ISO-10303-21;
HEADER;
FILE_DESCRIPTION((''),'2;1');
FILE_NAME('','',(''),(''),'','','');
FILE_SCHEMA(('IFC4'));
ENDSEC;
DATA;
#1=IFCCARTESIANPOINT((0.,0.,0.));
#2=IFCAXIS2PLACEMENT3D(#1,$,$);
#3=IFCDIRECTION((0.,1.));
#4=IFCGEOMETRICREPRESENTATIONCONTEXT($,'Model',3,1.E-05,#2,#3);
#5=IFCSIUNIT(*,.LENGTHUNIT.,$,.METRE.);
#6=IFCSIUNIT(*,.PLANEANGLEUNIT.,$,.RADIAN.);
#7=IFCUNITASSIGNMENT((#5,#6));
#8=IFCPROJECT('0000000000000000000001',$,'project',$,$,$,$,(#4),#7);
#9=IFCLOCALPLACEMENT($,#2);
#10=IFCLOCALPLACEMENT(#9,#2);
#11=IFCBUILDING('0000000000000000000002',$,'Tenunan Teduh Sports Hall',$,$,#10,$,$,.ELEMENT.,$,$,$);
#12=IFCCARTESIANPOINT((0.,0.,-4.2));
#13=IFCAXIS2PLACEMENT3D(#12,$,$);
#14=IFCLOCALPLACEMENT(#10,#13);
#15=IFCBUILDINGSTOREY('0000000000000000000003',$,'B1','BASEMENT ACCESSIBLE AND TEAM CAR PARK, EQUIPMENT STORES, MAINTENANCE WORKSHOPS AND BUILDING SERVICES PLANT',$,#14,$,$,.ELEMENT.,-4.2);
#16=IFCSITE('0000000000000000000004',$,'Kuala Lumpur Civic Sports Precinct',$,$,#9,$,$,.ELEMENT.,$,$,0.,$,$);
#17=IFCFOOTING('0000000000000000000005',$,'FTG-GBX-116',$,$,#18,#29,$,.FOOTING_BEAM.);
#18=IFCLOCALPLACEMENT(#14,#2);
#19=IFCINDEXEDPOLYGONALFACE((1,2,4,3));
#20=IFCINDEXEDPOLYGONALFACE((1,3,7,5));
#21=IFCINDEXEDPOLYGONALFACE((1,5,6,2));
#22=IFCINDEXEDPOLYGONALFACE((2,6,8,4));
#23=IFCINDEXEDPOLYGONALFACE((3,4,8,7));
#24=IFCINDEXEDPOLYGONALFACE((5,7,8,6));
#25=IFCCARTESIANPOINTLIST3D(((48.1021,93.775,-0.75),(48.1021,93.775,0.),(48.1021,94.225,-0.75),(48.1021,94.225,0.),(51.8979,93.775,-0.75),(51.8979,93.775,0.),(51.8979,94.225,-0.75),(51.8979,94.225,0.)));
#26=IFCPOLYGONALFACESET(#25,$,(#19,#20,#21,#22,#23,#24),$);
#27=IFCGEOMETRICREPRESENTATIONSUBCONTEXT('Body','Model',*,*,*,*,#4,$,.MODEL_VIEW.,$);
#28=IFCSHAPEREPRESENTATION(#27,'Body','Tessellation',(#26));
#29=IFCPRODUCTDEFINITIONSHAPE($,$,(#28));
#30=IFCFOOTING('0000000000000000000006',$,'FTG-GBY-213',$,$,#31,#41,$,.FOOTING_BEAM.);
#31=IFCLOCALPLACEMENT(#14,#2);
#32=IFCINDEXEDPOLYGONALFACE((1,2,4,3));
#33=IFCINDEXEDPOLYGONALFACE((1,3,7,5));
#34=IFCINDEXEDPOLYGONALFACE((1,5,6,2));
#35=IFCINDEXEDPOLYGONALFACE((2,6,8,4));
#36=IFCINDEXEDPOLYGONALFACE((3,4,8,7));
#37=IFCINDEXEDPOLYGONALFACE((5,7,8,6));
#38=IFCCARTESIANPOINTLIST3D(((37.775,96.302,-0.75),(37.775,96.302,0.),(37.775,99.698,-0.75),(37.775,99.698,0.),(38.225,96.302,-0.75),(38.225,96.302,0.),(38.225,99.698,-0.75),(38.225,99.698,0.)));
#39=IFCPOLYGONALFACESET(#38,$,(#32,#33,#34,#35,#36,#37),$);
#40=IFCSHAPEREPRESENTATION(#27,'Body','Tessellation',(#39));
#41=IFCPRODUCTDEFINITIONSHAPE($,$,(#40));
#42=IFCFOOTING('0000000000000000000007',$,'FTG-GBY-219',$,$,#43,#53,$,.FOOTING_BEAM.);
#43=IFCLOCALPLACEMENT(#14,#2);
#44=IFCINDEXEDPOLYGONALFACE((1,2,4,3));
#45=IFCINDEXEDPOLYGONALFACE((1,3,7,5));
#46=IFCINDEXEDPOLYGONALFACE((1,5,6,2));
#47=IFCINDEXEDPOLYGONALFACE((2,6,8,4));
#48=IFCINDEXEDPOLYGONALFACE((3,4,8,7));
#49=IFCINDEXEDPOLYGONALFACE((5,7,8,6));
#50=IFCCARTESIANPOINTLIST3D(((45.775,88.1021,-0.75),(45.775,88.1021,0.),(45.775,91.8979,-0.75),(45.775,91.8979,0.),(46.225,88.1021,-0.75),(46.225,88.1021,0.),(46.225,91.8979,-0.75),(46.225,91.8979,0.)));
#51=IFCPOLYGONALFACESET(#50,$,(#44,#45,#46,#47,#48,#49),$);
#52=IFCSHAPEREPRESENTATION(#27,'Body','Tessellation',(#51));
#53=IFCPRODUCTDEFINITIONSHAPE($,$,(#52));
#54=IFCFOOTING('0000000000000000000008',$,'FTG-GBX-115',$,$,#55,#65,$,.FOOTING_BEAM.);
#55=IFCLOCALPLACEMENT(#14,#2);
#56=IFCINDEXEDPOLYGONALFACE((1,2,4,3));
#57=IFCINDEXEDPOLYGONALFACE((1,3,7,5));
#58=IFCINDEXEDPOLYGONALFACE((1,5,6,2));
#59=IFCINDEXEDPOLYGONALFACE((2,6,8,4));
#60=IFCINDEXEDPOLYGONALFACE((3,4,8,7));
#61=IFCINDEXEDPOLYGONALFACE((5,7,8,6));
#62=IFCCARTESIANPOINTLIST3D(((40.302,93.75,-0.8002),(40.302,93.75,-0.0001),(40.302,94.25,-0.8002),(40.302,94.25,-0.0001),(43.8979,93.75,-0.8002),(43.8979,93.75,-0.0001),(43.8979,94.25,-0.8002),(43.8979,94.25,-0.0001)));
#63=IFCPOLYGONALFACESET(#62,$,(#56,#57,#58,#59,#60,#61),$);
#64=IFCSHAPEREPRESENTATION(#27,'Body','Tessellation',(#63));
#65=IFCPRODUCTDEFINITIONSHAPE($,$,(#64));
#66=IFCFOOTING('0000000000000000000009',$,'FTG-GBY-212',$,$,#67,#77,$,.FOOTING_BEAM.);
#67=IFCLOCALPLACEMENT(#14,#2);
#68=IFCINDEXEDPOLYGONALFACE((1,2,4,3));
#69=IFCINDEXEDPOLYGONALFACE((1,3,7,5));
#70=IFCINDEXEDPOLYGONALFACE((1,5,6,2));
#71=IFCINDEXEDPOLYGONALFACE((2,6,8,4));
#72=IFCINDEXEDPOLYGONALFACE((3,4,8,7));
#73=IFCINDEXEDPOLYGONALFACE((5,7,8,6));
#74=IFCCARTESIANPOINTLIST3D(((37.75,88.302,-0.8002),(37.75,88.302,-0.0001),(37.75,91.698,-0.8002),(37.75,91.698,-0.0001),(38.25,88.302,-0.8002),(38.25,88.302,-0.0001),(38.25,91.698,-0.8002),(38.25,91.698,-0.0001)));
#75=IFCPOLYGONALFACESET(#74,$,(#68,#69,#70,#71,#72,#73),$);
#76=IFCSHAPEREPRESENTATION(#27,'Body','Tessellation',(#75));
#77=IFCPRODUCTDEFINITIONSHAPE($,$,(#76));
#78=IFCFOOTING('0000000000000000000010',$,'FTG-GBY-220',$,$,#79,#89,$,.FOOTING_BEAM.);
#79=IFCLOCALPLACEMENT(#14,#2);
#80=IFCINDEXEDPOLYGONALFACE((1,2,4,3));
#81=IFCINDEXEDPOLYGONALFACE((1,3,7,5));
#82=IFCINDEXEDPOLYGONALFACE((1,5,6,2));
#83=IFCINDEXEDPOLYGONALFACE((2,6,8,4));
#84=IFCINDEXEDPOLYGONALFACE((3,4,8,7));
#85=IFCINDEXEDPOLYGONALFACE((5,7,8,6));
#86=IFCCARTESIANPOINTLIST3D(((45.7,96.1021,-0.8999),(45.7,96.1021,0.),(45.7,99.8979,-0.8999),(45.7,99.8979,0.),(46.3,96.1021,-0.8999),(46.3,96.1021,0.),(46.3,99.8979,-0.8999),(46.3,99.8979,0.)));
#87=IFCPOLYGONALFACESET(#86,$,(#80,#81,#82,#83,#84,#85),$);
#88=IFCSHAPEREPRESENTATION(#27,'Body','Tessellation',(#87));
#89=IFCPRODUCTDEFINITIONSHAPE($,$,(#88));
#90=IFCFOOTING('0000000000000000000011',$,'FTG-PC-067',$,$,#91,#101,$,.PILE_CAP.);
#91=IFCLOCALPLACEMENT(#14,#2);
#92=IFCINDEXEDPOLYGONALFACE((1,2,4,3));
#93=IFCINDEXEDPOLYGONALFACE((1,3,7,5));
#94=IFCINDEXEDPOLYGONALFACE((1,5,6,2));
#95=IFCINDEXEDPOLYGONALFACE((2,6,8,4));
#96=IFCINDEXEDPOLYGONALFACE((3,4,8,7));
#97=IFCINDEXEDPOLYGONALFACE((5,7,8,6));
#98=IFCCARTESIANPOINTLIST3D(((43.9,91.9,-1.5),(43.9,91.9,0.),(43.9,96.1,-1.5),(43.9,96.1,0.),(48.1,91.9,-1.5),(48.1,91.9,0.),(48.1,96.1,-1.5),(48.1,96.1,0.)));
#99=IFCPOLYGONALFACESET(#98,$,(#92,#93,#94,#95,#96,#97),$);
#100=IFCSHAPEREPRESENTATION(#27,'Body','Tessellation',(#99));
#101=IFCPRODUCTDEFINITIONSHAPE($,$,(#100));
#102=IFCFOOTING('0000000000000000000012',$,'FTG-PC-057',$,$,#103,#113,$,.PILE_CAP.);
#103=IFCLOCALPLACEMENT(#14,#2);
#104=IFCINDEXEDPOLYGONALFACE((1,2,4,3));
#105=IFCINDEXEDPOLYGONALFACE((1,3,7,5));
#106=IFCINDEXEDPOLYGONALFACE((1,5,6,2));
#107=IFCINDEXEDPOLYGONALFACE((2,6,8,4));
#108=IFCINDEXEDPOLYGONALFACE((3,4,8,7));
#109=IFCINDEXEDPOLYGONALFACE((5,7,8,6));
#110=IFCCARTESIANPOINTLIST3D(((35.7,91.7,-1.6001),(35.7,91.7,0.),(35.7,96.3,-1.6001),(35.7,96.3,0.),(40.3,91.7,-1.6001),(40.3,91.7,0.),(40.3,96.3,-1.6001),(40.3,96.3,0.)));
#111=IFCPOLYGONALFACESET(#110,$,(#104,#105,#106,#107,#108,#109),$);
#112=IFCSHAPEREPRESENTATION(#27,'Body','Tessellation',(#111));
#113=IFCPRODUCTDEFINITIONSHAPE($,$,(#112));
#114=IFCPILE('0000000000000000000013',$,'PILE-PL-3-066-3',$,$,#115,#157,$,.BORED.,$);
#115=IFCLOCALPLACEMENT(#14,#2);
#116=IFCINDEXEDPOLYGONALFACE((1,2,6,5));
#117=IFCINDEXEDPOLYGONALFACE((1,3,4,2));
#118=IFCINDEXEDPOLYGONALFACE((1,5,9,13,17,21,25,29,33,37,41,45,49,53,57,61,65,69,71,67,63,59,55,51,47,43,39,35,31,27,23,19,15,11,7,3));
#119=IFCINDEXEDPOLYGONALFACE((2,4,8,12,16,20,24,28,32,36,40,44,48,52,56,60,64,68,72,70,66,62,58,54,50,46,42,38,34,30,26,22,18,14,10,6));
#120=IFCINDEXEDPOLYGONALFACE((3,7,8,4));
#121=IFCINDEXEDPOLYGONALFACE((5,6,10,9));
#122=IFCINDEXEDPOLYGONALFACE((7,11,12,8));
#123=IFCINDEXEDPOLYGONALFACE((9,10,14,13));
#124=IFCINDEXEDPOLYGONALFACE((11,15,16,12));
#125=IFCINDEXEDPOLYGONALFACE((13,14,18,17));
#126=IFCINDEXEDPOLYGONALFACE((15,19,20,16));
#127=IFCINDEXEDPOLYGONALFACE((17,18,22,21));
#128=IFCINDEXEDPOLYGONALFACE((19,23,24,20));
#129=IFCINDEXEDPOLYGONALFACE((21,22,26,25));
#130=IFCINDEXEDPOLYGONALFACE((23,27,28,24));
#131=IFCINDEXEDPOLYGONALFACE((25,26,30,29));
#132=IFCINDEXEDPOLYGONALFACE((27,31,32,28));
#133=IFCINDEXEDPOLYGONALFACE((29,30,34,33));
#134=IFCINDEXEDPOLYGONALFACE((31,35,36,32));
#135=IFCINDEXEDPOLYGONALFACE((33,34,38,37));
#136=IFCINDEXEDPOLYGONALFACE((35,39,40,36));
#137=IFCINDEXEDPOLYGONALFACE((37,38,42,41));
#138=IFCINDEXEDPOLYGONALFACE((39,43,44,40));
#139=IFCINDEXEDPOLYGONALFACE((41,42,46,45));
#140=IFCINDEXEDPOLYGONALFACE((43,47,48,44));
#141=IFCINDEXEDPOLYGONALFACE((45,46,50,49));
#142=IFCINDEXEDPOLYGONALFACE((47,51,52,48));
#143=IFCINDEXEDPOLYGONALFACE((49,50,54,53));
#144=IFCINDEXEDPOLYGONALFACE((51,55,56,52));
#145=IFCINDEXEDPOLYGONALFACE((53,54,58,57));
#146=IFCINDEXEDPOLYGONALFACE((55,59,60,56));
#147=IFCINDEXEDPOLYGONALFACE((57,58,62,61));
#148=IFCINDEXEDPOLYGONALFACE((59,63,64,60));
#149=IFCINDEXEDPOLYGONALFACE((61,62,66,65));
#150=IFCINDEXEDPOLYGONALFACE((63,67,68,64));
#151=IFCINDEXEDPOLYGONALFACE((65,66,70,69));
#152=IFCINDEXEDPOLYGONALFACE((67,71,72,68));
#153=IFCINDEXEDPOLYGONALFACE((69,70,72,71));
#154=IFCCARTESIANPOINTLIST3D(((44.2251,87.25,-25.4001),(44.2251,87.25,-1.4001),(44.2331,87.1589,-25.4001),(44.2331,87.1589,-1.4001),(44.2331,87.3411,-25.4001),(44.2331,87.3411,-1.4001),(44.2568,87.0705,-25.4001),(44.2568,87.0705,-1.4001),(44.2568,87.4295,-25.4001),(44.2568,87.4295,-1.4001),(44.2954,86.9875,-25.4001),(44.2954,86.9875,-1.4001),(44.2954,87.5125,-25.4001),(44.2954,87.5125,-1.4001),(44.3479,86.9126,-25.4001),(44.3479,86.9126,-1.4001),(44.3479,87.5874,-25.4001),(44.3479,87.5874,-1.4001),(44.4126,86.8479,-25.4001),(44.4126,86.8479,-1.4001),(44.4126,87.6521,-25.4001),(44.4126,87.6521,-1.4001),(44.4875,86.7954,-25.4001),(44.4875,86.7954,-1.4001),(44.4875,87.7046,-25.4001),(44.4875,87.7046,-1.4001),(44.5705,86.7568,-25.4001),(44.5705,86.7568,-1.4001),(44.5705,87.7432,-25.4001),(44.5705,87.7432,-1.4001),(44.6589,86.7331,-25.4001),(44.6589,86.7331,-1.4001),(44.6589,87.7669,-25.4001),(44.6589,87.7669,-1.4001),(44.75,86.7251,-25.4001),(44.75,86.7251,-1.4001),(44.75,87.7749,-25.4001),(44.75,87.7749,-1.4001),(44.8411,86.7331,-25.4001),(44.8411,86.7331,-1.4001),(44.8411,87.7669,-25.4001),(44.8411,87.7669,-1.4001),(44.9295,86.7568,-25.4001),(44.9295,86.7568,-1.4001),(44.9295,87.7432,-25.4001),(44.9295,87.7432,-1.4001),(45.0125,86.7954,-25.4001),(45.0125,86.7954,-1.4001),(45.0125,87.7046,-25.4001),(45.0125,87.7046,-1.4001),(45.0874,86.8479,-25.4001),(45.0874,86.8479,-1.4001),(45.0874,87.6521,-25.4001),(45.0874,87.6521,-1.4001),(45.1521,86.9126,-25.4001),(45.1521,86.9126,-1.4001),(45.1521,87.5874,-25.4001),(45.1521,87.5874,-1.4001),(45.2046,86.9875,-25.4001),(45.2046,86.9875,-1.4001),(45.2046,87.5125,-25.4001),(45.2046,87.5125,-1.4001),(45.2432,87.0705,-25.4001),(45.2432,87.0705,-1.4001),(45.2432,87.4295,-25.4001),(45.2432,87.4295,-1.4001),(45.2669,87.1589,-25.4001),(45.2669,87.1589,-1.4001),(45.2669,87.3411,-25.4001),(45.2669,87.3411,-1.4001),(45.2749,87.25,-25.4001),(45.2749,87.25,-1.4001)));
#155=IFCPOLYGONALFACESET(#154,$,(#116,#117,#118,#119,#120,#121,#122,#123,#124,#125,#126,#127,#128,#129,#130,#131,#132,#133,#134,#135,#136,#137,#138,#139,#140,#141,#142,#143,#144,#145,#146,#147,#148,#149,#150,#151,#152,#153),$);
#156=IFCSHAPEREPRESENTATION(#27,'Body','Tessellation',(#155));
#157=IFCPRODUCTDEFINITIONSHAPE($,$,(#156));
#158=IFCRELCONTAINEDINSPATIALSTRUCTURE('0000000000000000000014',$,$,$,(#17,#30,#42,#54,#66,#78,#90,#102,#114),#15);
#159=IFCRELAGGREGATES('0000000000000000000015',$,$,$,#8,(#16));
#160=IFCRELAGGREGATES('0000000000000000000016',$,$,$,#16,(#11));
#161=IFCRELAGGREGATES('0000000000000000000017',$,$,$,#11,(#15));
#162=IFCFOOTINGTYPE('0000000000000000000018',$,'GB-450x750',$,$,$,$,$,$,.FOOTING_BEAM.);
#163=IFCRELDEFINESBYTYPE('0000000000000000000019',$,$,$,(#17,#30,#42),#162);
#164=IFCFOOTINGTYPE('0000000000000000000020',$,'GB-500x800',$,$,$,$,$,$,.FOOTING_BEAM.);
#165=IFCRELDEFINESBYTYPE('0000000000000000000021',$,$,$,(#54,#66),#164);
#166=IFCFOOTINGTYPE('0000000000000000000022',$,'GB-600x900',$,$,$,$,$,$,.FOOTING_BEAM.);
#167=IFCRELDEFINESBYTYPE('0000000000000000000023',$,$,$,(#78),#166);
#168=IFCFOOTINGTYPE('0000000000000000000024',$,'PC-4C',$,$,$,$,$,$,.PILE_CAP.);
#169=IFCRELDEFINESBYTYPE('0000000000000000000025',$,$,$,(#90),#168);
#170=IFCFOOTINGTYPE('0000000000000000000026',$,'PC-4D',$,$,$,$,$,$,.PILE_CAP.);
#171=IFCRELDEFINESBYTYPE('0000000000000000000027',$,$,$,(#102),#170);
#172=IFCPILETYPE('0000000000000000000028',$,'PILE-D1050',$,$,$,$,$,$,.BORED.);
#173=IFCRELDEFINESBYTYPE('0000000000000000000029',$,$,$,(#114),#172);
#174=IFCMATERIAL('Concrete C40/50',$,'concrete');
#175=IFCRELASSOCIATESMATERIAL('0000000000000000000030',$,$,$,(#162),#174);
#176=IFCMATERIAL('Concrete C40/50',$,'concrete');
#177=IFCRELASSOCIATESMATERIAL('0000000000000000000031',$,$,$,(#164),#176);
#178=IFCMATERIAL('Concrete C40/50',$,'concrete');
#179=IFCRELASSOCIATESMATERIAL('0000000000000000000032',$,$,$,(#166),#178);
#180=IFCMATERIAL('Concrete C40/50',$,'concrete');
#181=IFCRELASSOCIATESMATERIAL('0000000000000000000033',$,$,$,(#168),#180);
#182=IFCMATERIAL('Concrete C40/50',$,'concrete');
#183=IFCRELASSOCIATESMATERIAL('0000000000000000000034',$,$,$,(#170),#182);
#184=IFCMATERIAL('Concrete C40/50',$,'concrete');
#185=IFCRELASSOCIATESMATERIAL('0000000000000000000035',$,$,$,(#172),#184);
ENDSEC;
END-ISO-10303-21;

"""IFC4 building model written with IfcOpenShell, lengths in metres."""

from ifc_helpers import new_model, si_unit, direction, frame, origin, origin_2d, place, context, subcontext, project, spatial, rectangle, circle, extrude, material, material_profile, profile_set, type_object, element, save


model = new_model("IFC4")

# Units and contexts
model_context = context("Model", 3, precision=1e-05, world=origin(), true_north=direction((0.0, 1.0)))
body_context = subcontext(model_context, "Body", "Model", "MODEL_VIEW")
ifc_project = project(units=[si_unit("LENGTHUNIT", "METRE"), si_unit("PLANEANGLEUNIT", "RADIAN")], contexts=[model_context])

# Site, building, storey
site_placement = place(None, origin())
site = spatial("IfcSite", under=ifc_project, at=site_placement, Name="Kuala Lumpur Civic Sports Precinct", CompositionType="ELEMENT", RefElevation=0.0)
building_placement = place(site_placement, origin())
building = spatial("IfcBuilding", under=site, at=building_placement, Name="Tenunan Teduh Sports Hall", CompositionType="ELEMENT")
storey_placement = place(building_placement, frame((0.0, 0.0, -4.2)))
storey = spatial("IfcBuildingStorey", under=building, at=storey_placement, Name="B1", Description="BASEMENT ACCESSIBLE AND TEAM CAR PARK, EQUIPMENT STORES, MAINTENANCE WORKSHOPS AND BUILDING SERVICES PLANT", CompositionType="ELEMENT", Elevation=-4.2)

# Footings
ifc_material_1 = material(Name="Concrete C40/50", Category="concrete")
ifc_material_profile_1 = material_profile(ifc_material_1, rectangle(XDim=0.45, YDim=0.75, at=origin_2d()), Name="RCB 450x750")
ifc_profile_set_1 = profile_set([ifc_material_profile_1], Name="Concrete C40/50")
footing_type_1 = type_object("IfcFootingType", Name="GB-450x750", PredefinedType="FOOTING_BEAM", material=ifc_profile_set_1)
footing_1_placement = place(storey_placement, frame((48.1021, 94.0, -0.375), z_axis=(1.0, 0.0, 0.0), x_axis=(0.0, 1.0, 0.0)))
element("IfcFooting", 1, at=footing_1_placement, inside=storey, type_object=footing_type_1, Name="FTG-GBX-116", PredefinedType="FOOTING_BEAM", context=body_context, shape_type="SweptSolid", body=[
    extrude(rectangle(XDim=0.45, YDim=0.75, at=origin_2d()), origin(), (0.0, 0.0, 1.0), 3.7959),
])
footing_2_placement = place(storey_placement, frame((38.0, 96.302, -0.375), z_axis=(0.0, 1.0, 0.0), x_axis=(-1.0, 0.0, 0.0)))
element("IfcFooting", 2, at=footing_2_placement, inside=storey, type_object=footing_type_1, Name="FTG-GBY-213", PredefinedType="FOOTING_BEAM", context=body_context, shape_type="SweptSolid", body=[
    extrude(rectangle(XDim=0.45, YDim=0.75, at=origin_2d()), origin(), (0.0, 0.0, 1.0), 3.396),
])
footing_3_placement = place(storey_placement, frame((46.0, 88.1021, -0.375), z_axis=(0.0, 1.0, 0.0), x_axis=(-1.0, 0.0, 0.0)))
element("IfcFooting", 3, at=footing_3_placement, inside=storey, type_object=footing_type_1, Name="FTG-GBY-219", PredefinedType="FOOTING_BEAM", context=body_context, shape_type="SweptSolid", body=[
    extrude(rectangle(XDim=0.45, YDim=0.75, at=origin_2d()), origin(), (0.0, 0.0, 1.0), 3.7959),
])
ifc_material_2 = material(Name="Concrete C40/50", Category="concrete")
ifc_material_profile_2 = material_profile(ifc_material_2, rectangle(XDim=0.5, YDim=0.8, at=origin_2d()), Name="RCB 500x800")
ifc_profile_set_2 = profile_set([ifc_material_profile_2], Name="Concrete C40/50")
footing_type_2 = type_object("IfcFootingType", Name="GB-500x800", PredefinedType="FOOTING_BEAM", material=ifc_profile_set_2)
footing_4_placement = place(storey_placement, frame((40.302, 94.0, -0.4001), z_axis=(1.0, 0.0, 0.0), x_axis=(0.0, 1.0, 0.0)))
element("IfcFooting", 4, at=footing_4_placement, inside=storey, type_object=footing_type_2, Name="FTG-GBX-115", PredefinedType="FOOTING_BEAM", context=body_context, shape_type="SweptSolid", body=[
    extrude(rectangle(XDim=0.5, YDim=0.8, at=origin_2d()), origin(), (0.0, 0.0, 1.0), 3.5959),
])
footing_5_placement = place(storey_placement, frame((38.0, 88.302, -0.4001), z_axis=(0.0, 1.0, 0.0), x_axis=(-1.0, 0.0, 0.0)))
element("IfcFooting", 5, at=footing_5_placement, inside=storey, type_object=footing_type_2, Name="FTG-GBY-212", PredefinedType="FOOTING_BEAM", context=body_context, shape_type="SweptSolid", body=[
    extrude(rectangle(XDim=0.5, YDim=0.8, at=origin_2d()), origin(), (0.0, 0.0, 1.0), 3.396),
])
ifc_material_3 = material(Name="Concrete C40/50", Category="concrete")
ifc_material_profile_3 = material_profile(ifc_material_3, rectangle(XDim=0.6001, YDim=0.8999, at=origin_2d()), Name="RCB 600x900")
ifc_profile_set_3 = profile_set([ifc_material_profile_3], Name="Concrete C40/50")
footing_type_3 = type_object("IfcFootingType", Name="GB-600x900", PredefinedType="FOOTING_BEAM", material=ifc_profile_set_3)
footing_6_placement = place(storey_placement, frame((46.0, 96.1021, -0.45), z_axis=(0.0, 1.0, 0.0), x_axis=(-1.0, 0.0, 0.0)))
element("IfcFooting", 6, at=footing_6_placement, inside=storey, type_object=footing_type_3, Name="FTG-GBY-220", PredefinedType="FOOTING_BEAM", context=body_context, shape_type="SweptSolid", body=[
    extrude(rectangle(XDim=0.6001, YDim=0.8999, at=origin_2d()), origin(), (0.0, 0.0, 1.0), 3.7959),
])
ifc_material_4 = material(Name="Concrete C40/50", Category="concrete")
footing_type_4 = type_object("IfcFootingType", Name="PC-4C", PredefinedType="PILE_CAP", material=ifc_material_4)
footing_7_placement = place(storey_placement, frame((46.0, 94.0, -1.5), z_axis=(0.0, 0.0, 1.0), x_axis=(1.0, 0.0, 0.0)))
element("IfcFooting", 7, at=footing_7_placement, inside=storey, type_object=footing_type_4, Name="FTG-PC-067", PredefinedType="PILE_CAP", context=body_context, shape_type="SweptSolid", body=[
    extrude(rectangle(XDim=4.2, YDim=4.2, at=origin_2d()), origin(), (0.0, 0.0, 1.0), 1.5),
])
ifc_material_5 = material(Name="Concrete C40/50", Category="concrete")
footing_type_5 = type_object("IfcFootingType", Name="PC-4D", PredefinedType="PILE_CAP", material=ifc_material_5)
footing_8_placement = place(storey_placement, frame((38.0, 94.0, -1.6001), z_axis=(0.0, 0.0, 1.0), x_axis=(1.0, 0.0, 0.0)))
element("IfcFooting", 8, at=footing_8_placement, inside=storey, type_object=footing_type_5, Name="FTG-PC-057", PredefinedType="PILE_CAP", context=body_context, shape_type="SweptSolid", body=[
    extrude(rectangle(XDim=4.6001, YDim=4.6001, at=origin_2d()), origin(), (0.0, 0.0, 1.0), 1.6001),
])

# Pile
ifc_material_6 = material(Name="Concrete C40/50", Category="concrete")
ifc_material_profile_4 = material_profile(ifc_material_6, circle(Radius=0.5249, at=origin_2d()), Name="PILE D1050")
ifc_profile_set_4 = profile_set([ifc_material_profile_4], Name="Concrete C40/50")
pile_type_1 = type_object("IfcPileType", Name="PILE-D1050", PredefinedType="BORED", material=ifc_profile_set_4)
for number, where, z_axis, x_axis, name in (
    (9, (44.75, 87.25, -1.4001), (0.0, 0.0, -1.0), (1.0, 0.0, 0.0), "PILE-PL-3-066-3"),
):
    element("IfcPile", number, at=place(storey_placement, frame(where, z_axis=z_axis, x_axis=x_axis)), inside=storey, type_object=pile_type_1, Name=name, PredefinedType="BORED", context=body_context, shape_type="SweptSolid", body=[
        extrude(circle(Radius=0.5249, at=origin_2d()), origin(), (0.0, 0.0, 1.0), 24.0),
    ])

save(model, "model.ifc")
